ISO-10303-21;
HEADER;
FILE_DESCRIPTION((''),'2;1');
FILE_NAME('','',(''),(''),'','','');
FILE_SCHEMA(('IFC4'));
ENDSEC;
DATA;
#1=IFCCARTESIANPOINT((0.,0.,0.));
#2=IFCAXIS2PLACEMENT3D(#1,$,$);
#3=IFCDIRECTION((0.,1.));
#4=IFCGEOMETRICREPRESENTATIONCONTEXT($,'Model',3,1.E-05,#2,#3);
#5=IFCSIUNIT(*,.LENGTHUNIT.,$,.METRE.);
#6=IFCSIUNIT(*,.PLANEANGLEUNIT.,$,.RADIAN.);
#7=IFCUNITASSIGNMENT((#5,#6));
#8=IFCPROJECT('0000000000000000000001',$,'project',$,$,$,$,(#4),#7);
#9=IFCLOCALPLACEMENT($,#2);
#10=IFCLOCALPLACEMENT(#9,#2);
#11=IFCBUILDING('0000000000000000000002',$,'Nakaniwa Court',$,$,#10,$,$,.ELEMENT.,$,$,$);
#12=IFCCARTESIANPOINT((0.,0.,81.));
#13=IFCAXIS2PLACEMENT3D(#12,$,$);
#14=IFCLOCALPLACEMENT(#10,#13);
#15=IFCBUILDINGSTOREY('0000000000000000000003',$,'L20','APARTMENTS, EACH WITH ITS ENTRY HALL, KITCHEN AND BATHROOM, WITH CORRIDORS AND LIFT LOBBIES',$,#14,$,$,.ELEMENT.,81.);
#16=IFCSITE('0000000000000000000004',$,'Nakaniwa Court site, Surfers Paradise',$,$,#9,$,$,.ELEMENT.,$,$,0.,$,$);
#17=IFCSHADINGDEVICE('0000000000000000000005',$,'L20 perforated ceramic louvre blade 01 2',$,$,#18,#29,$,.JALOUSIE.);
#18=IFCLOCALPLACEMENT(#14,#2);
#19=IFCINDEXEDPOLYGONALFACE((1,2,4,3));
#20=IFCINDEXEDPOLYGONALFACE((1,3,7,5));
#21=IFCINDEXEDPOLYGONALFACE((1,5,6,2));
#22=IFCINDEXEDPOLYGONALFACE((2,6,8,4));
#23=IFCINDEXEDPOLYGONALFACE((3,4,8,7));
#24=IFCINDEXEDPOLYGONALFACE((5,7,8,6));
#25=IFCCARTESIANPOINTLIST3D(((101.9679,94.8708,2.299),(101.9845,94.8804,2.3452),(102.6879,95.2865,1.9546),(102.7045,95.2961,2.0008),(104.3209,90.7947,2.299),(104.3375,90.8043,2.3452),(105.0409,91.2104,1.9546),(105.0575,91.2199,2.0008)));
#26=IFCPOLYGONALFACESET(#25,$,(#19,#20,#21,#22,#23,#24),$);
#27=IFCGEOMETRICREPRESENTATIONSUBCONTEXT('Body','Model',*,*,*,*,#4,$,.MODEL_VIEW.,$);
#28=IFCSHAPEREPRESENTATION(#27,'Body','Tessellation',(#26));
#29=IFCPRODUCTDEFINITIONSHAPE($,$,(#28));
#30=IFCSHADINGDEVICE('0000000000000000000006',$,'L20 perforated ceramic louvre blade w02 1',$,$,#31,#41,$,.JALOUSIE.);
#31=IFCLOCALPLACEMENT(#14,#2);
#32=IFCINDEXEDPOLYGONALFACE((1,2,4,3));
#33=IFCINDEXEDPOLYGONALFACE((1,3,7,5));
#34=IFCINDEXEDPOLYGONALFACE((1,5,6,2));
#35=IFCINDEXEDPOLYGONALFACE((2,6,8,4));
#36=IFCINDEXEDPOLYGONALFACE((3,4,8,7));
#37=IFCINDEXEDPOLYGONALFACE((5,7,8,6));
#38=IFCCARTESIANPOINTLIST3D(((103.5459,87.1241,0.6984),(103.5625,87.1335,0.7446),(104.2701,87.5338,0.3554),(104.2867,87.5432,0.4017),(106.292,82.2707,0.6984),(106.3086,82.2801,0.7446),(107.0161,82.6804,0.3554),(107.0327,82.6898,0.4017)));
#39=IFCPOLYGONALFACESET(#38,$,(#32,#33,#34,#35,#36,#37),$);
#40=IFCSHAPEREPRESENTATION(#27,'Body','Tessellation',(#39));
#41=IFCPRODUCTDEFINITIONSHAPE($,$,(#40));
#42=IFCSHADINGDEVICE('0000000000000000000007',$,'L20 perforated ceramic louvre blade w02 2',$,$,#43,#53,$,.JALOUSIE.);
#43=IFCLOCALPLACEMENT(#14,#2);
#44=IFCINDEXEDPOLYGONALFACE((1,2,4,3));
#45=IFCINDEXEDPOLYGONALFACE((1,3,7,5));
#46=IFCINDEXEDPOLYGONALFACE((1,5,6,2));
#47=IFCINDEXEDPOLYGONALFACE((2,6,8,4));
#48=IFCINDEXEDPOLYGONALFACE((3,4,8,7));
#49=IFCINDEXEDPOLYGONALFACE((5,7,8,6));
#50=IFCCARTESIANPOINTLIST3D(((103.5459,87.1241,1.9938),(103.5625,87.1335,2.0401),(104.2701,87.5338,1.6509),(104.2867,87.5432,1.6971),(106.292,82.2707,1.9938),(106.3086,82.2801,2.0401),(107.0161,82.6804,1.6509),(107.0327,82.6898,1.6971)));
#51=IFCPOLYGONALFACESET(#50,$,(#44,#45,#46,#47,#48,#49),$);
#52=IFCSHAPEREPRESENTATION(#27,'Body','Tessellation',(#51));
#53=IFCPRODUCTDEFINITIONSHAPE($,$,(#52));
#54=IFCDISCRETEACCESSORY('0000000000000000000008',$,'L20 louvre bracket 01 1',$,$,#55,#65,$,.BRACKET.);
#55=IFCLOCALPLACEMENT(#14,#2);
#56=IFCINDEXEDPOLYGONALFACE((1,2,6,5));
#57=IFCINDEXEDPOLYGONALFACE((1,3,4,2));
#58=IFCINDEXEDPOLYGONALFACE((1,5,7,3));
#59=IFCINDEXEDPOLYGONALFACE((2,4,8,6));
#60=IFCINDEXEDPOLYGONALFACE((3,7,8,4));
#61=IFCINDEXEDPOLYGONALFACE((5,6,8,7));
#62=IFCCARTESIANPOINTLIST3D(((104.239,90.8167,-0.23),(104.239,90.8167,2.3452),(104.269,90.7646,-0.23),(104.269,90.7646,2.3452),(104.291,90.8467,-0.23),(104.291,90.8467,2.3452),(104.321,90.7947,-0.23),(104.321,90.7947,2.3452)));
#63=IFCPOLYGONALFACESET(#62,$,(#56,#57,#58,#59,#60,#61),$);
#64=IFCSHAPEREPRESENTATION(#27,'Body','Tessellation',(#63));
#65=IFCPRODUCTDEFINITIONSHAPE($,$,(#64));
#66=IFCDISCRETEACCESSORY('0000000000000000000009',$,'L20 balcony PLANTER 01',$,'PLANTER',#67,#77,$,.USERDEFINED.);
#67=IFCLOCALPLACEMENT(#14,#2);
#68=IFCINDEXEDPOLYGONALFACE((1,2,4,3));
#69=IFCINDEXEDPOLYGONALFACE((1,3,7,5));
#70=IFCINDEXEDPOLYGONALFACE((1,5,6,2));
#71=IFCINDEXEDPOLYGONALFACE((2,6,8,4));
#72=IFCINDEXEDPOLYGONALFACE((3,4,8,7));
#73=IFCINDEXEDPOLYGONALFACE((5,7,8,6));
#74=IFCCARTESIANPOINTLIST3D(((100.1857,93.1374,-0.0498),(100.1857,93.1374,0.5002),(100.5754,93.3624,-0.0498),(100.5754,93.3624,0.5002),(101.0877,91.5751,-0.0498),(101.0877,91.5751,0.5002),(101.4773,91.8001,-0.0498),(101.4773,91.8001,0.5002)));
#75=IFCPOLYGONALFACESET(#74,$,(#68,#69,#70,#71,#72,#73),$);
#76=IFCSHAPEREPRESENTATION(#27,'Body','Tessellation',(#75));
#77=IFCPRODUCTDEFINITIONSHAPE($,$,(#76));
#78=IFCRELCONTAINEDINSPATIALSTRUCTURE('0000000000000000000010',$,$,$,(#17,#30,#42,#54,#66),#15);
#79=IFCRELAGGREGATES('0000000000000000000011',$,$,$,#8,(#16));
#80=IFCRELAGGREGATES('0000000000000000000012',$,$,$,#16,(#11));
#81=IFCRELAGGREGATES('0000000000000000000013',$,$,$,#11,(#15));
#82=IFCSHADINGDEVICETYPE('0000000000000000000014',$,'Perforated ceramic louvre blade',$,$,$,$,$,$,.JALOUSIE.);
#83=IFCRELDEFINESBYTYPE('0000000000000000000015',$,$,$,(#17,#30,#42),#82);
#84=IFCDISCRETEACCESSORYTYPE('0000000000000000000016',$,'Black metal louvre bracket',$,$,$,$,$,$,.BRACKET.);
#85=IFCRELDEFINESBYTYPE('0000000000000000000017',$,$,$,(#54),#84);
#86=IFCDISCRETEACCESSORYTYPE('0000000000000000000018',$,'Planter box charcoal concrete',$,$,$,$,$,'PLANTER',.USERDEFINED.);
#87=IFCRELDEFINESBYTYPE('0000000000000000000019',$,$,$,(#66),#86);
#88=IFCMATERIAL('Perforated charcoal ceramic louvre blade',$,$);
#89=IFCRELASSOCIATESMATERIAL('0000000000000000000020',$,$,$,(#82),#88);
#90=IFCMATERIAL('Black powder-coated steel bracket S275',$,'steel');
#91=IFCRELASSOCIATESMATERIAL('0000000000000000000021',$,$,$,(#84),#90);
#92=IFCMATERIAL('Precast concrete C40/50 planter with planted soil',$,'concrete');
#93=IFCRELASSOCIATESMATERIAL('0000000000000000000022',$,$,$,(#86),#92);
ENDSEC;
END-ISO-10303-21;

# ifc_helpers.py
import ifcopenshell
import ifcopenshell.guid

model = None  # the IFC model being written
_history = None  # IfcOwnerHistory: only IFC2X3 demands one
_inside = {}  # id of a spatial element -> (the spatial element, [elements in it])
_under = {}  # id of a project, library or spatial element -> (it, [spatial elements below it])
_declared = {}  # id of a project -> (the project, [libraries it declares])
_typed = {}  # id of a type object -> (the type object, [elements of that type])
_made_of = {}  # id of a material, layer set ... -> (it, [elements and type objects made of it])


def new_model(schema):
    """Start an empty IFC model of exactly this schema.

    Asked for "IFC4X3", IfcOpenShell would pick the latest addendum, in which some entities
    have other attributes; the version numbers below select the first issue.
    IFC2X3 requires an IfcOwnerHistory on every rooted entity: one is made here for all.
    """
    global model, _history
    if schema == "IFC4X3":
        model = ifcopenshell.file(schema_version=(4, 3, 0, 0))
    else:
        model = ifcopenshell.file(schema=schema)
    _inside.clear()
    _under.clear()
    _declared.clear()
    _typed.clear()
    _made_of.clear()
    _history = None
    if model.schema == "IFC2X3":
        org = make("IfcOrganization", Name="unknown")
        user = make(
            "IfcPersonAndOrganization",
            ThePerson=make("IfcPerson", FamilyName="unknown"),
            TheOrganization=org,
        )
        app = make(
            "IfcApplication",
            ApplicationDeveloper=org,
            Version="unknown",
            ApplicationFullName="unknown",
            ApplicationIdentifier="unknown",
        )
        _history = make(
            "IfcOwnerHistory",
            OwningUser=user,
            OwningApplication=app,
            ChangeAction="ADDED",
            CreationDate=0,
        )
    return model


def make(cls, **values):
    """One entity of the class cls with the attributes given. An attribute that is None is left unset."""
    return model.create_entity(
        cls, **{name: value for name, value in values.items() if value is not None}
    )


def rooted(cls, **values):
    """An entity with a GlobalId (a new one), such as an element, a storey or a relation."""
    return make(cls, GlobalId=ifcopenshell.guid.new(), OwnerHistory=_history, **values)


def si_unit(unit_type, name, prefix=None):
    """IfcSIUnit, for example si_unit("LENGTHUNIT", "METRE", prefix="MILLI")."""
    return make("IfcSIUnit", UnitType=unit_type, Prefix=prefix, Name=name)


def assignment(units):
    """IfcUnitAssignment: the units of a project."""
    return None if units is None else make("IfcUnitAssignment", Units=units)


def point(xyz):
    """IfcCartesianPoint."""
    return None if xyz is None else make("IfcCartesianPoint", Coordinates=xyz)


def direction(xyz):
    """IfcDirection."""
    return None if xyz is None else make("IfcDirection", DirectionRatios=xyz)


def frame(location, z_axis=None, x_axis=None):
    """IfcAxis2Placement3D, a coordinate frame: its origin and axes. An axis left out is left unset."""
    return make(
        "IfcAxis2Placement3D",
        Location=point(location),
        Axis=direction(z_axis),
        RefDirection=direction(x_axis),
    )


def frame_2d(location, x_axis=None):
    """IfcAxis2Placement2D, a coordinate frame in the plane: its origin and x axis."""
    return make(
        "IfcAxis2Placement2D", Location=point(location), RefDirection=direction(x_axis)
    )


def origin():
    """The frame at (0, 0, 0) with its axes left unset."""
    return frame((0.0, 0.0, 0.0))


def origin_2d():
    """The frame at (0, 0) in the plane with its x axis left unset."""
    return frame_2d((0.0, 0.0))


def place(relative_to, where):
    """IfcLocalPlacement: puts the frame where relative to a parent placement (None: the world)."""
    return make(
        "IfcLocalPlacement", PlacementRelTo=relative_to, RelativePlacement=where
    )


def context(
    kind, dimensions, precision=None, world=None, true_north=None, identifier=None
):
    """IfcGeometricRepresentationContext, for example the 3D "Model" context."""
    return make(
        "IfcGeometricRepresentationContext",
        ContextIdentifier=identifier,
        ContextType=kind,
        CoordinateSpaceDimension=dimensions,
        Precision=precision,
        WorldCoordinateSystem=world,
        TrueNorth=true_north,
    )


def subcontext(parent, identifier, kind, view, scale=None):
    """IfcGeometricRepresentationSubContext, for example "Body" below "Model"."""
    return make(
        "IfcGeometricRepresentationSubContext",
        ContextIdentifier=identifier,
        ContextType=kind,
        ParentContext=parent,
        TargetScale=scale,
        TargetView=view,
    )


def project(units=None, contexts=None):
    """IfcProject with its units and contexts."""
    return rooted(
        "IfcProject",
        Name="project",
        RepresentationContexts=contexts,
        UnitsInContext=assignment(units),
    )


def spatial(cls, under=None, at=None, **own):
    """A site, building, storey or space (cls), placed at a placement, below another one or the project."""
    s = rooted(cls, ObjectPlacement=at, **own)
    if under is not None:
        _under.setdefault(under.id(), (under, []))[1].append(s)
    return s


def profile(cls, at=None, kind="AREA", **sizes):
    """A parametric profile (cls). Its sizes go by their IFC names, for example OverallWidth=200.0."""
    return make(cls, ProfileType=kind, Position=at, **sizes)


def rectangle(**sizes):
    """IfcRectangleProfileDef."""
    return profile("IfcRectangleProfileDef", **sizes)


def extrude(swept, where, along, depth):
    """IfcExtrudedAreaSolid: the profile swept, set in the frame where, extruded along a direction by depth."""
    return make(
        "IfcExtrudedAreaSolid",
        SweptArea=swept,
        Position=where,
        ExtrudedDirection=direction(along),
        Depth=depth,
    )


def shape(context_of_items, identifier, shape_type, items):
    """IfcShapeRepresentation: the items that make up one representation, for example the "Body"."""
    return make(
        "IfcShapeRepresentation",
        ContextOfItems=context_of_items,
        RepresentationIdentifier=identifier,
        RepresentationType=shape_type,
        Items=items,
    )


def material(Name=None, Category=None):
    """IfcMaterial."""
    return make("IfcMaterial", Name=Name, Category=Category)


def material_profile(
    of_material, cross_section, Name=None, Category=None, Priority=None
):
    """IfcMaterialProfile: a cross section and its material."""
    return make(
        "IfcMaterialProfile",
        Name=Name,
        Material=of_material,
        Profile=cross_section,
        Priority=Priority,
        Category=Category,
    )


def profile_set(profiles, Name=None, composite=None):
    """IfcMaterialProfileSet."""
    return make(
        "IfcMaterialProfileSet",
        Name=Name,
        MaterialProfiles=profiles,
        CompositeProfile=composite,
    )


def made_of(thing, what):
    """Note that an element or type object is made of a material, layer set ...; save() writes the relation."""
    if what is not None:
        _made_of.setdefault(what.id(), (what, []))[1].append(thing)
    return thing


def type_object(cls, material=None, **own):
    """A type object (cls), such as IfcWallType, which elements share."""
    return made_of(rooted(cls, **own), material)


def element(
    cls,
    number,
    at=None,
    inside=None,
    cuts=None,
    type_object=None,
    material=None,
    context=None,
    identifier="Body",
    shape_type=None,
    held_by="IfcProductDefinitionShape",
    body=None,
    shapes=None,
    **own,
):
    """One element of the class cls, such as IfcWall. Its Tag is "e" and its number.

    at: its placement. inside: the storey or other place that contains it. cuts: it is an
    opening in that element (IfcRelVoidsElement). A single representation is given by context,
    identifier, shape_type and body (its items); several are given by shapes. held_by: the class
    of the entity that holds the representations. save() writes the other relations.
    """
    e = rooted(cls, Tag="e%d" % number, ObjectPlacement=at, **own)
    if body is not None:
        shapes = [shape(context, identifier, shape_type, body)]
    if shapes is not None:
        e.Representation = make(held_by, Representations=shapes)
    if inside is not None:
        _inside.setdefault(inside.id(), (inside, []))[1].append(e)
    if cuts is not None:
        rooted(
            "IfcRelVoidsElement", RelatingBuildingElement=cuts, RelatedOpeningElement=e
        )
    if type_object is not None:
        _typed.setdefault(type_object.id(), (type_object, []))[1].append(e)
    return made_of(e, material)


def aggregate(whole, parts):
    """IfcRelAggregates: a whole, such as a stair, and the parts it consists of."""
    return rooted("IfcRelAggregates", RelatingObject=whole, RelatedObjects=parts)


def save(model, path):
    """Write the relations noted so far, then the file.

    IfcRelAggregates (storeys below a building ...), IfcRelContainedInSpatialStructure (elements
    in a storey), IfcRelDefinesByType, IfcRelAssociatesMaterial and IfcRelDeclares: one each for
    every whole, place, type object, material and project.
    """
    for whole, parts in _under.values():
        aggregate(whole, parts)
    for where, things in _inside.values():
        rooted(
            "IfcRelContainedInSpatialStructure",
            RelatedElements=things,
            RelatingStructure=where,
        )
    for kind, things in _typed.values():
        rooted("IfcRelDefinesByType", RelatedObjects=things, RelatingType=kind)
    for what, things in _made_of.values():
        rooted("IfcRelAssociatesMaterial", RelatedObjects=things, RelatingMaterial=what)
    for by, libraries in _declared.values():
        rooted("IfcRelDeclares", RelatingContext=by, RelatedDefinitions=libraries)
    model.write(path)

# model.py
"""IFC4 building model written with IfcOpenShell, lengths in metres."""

from ifc_helpers import new_model, si_unit, direction, frame, origin, origin_2d, place, context, subcontext, project, spatial, rectangle, extrude, material, material_profile, profile_set, type_object, element, save


model = new_model("IFC4")

# Units and contexts
model_context = context("Model", 3, precision=1e-05, world=origin(), true_north=direction((0.0, 1.0)))
body_context = subcontext(model_context, "Body", "Model", "MODEL_VIEW")
ifc_project = project(units=[si_unit("LENGTHUNIT", "METRE"), si_unit("PLANEANGLEUNIT", "RADIAN")], contexts=[model_context])

# Site, building, storey
site_placement = place(None, origin())
site = spatial("IfcSite", under=ifc_project, at=site_placement, Name="Nakaniwa Court site, Surfers Paradise", CompositionType="ELEMENT", RefElevation=0.0)
building_placement = place(site_placement, origin())
building = spatial("IfcBuilding", under=site, at=building_placement, Name="Nakaniwa Court", CompositionType="ELEMENT")
storey_placement = place(building_placement, frame((0.0, 0.0, 81.0)))
storey = spatial("IfcBuildingStorey", under=building, at=storey_placement, Name="L20", Description="APARTMENTS, EACH WITH ITS ENTRY HALL, KITCHEN AND BATHROOM, WITH CORRIDORS AND LIFT LOBBIES", CompositionType="ELEMENT", Elevation=81.0)

# Shading devices
ifc_material_1 = material(Name="Perforated charcoal ceramic louvre blade")
ifc_material_profile_1 = material_profile(ifc_material_1, rectangle(XDim=0.8999, YDim=0.05, at=origin_2d()), Name="Perforated ceramic louvre blade")
ifc_profile_set_1 = profile_set([ifc_material_profile_1], Name="Perforated charcoal ceramic louvre blade")
shading_device_type_1 = type_object("IfcShadingDeviceType", Name="Perforated ceramic louvre blade", PredefinedType="JALOUSIE", material=ifc_profile_set_1)
for number, where, z_axis, x_axis, name in (
    (1, (104.6892, 91.0073, 2.1499), (-0.499944, 0.866058, 0.0), (-0.800133, -0.461888, 0.382683), "L20 perforated ceramic louvre blade 01 2"),
):
    element("IfcShadingDevice", number, at=place(storey_placement, frame(where, z_axis=z_axis, x_axis=x_axis)), inside=storey, type_object=shading_device_type_1, Name=name, PredefinedType="JALOUSIE", context=body_context, shape_type="SweptSolid", body=[
        extrude(rectangle(XDim=0.8999, YDim=0.05, at=origin_2d()), origin(), (0.0, 0.0, 1.0), 4.7065),
    ])
for number, where, z_axis, x_axis, name in (
    (2, (106.6624, 82.4802, 0.55), (-0.492438, 0.870347, 0.0), (-0.804676, -0.455282, 0.38107), "L20 perforated ceramic louvre blade w02 1"),
    (3, (106.6624, 82.4802, 1.8455), (-0.492438, 0.870347, 0.0), (-0.804676, -0.455282, 0.38107), "L20 perforated ceramic louvre blade w02 2"),
):
    element("IfcShadingDevice", number, at=place(storey_placement, frame(where, z_axis=z_axis, x_axis=x_axis)), inside=storey, type_object=shading_device_type_1, Name=name, PredefinedType="JALOUSIE", context=body_context, shape_type="SweptSolid", body=[
        extrude(rectangle(XDim=0.8999, YDim=0.05, at=origin_2d()), origin(), (0.0, 0.0, 1.0), 5.5764),
    ])

# Discrete accessories
ifc_material_2 = material(Name="Black powder-coated steel bracket S275", Category="steel")
discrete_accessory_type_1 = type_object("IfcDiscreteAccessoryType", Name="Black metal louvre bracket", PredefinedType="BRACKET", material=ifc_material_2)
discrete_accessory_1_placement = place(storey_placement, frame((104.28, 90.8057, -0.23), z_axis=(0.0, 0.0, 1.0), x_axis=(-0.499974, 0.86604, 0.0)))
element("IfcDiscreteAccessory", 4, at=discrete_accessory_1_placement, inside=storey, type_object=discrete_accessory_type_1, Name="L20 louvre bracket 01 1", PredefinedType="BRACKET", context=body_context, shape_type="SweptSolid", body=[
    extrude(rectangle(XDim=0.0601, YDim=0.0601, at=origin_2d()), origin(), (0.0, 0.0, 1.0), 2.5752),
])
ifc_material_3 = material(Name="Precast concrete C40/50 planter with planted soil", Category="concrete")
discrete_accessory_type_2 = type_object("IfcDiscreteAccessoryType", Name="Planter box charcoal concrete", ElementType="PLANTER", PredefinedType="USERDEFINED", material=ifc_material_3)
discrete_accessory_2_placement = place(storey_placement, frame((100.8315, 92.4688, -0.0498), z_axis=(0.0, 0.0, 1.0), x_axis=(-0.499974, 0.86604, 0.0)))
element("IfcDiscreteAccessory", 5, at=discrete_accessory_2_placement, inside=storey, type_object=discrete_accessory_type_2, Name="L20 balcony PLANTER 01", ObjectType="PLANTER", PredefinedType="USERDEFINED", context=body_context, shape_type="SweptSolid", body=[
    extrude(rectangle(XDim=1.804, YDim=0.45, at=origin_2d()), origin(), (0.0, 0.0, 1.0), 0.55),
])

save(model, "model.ifc")
